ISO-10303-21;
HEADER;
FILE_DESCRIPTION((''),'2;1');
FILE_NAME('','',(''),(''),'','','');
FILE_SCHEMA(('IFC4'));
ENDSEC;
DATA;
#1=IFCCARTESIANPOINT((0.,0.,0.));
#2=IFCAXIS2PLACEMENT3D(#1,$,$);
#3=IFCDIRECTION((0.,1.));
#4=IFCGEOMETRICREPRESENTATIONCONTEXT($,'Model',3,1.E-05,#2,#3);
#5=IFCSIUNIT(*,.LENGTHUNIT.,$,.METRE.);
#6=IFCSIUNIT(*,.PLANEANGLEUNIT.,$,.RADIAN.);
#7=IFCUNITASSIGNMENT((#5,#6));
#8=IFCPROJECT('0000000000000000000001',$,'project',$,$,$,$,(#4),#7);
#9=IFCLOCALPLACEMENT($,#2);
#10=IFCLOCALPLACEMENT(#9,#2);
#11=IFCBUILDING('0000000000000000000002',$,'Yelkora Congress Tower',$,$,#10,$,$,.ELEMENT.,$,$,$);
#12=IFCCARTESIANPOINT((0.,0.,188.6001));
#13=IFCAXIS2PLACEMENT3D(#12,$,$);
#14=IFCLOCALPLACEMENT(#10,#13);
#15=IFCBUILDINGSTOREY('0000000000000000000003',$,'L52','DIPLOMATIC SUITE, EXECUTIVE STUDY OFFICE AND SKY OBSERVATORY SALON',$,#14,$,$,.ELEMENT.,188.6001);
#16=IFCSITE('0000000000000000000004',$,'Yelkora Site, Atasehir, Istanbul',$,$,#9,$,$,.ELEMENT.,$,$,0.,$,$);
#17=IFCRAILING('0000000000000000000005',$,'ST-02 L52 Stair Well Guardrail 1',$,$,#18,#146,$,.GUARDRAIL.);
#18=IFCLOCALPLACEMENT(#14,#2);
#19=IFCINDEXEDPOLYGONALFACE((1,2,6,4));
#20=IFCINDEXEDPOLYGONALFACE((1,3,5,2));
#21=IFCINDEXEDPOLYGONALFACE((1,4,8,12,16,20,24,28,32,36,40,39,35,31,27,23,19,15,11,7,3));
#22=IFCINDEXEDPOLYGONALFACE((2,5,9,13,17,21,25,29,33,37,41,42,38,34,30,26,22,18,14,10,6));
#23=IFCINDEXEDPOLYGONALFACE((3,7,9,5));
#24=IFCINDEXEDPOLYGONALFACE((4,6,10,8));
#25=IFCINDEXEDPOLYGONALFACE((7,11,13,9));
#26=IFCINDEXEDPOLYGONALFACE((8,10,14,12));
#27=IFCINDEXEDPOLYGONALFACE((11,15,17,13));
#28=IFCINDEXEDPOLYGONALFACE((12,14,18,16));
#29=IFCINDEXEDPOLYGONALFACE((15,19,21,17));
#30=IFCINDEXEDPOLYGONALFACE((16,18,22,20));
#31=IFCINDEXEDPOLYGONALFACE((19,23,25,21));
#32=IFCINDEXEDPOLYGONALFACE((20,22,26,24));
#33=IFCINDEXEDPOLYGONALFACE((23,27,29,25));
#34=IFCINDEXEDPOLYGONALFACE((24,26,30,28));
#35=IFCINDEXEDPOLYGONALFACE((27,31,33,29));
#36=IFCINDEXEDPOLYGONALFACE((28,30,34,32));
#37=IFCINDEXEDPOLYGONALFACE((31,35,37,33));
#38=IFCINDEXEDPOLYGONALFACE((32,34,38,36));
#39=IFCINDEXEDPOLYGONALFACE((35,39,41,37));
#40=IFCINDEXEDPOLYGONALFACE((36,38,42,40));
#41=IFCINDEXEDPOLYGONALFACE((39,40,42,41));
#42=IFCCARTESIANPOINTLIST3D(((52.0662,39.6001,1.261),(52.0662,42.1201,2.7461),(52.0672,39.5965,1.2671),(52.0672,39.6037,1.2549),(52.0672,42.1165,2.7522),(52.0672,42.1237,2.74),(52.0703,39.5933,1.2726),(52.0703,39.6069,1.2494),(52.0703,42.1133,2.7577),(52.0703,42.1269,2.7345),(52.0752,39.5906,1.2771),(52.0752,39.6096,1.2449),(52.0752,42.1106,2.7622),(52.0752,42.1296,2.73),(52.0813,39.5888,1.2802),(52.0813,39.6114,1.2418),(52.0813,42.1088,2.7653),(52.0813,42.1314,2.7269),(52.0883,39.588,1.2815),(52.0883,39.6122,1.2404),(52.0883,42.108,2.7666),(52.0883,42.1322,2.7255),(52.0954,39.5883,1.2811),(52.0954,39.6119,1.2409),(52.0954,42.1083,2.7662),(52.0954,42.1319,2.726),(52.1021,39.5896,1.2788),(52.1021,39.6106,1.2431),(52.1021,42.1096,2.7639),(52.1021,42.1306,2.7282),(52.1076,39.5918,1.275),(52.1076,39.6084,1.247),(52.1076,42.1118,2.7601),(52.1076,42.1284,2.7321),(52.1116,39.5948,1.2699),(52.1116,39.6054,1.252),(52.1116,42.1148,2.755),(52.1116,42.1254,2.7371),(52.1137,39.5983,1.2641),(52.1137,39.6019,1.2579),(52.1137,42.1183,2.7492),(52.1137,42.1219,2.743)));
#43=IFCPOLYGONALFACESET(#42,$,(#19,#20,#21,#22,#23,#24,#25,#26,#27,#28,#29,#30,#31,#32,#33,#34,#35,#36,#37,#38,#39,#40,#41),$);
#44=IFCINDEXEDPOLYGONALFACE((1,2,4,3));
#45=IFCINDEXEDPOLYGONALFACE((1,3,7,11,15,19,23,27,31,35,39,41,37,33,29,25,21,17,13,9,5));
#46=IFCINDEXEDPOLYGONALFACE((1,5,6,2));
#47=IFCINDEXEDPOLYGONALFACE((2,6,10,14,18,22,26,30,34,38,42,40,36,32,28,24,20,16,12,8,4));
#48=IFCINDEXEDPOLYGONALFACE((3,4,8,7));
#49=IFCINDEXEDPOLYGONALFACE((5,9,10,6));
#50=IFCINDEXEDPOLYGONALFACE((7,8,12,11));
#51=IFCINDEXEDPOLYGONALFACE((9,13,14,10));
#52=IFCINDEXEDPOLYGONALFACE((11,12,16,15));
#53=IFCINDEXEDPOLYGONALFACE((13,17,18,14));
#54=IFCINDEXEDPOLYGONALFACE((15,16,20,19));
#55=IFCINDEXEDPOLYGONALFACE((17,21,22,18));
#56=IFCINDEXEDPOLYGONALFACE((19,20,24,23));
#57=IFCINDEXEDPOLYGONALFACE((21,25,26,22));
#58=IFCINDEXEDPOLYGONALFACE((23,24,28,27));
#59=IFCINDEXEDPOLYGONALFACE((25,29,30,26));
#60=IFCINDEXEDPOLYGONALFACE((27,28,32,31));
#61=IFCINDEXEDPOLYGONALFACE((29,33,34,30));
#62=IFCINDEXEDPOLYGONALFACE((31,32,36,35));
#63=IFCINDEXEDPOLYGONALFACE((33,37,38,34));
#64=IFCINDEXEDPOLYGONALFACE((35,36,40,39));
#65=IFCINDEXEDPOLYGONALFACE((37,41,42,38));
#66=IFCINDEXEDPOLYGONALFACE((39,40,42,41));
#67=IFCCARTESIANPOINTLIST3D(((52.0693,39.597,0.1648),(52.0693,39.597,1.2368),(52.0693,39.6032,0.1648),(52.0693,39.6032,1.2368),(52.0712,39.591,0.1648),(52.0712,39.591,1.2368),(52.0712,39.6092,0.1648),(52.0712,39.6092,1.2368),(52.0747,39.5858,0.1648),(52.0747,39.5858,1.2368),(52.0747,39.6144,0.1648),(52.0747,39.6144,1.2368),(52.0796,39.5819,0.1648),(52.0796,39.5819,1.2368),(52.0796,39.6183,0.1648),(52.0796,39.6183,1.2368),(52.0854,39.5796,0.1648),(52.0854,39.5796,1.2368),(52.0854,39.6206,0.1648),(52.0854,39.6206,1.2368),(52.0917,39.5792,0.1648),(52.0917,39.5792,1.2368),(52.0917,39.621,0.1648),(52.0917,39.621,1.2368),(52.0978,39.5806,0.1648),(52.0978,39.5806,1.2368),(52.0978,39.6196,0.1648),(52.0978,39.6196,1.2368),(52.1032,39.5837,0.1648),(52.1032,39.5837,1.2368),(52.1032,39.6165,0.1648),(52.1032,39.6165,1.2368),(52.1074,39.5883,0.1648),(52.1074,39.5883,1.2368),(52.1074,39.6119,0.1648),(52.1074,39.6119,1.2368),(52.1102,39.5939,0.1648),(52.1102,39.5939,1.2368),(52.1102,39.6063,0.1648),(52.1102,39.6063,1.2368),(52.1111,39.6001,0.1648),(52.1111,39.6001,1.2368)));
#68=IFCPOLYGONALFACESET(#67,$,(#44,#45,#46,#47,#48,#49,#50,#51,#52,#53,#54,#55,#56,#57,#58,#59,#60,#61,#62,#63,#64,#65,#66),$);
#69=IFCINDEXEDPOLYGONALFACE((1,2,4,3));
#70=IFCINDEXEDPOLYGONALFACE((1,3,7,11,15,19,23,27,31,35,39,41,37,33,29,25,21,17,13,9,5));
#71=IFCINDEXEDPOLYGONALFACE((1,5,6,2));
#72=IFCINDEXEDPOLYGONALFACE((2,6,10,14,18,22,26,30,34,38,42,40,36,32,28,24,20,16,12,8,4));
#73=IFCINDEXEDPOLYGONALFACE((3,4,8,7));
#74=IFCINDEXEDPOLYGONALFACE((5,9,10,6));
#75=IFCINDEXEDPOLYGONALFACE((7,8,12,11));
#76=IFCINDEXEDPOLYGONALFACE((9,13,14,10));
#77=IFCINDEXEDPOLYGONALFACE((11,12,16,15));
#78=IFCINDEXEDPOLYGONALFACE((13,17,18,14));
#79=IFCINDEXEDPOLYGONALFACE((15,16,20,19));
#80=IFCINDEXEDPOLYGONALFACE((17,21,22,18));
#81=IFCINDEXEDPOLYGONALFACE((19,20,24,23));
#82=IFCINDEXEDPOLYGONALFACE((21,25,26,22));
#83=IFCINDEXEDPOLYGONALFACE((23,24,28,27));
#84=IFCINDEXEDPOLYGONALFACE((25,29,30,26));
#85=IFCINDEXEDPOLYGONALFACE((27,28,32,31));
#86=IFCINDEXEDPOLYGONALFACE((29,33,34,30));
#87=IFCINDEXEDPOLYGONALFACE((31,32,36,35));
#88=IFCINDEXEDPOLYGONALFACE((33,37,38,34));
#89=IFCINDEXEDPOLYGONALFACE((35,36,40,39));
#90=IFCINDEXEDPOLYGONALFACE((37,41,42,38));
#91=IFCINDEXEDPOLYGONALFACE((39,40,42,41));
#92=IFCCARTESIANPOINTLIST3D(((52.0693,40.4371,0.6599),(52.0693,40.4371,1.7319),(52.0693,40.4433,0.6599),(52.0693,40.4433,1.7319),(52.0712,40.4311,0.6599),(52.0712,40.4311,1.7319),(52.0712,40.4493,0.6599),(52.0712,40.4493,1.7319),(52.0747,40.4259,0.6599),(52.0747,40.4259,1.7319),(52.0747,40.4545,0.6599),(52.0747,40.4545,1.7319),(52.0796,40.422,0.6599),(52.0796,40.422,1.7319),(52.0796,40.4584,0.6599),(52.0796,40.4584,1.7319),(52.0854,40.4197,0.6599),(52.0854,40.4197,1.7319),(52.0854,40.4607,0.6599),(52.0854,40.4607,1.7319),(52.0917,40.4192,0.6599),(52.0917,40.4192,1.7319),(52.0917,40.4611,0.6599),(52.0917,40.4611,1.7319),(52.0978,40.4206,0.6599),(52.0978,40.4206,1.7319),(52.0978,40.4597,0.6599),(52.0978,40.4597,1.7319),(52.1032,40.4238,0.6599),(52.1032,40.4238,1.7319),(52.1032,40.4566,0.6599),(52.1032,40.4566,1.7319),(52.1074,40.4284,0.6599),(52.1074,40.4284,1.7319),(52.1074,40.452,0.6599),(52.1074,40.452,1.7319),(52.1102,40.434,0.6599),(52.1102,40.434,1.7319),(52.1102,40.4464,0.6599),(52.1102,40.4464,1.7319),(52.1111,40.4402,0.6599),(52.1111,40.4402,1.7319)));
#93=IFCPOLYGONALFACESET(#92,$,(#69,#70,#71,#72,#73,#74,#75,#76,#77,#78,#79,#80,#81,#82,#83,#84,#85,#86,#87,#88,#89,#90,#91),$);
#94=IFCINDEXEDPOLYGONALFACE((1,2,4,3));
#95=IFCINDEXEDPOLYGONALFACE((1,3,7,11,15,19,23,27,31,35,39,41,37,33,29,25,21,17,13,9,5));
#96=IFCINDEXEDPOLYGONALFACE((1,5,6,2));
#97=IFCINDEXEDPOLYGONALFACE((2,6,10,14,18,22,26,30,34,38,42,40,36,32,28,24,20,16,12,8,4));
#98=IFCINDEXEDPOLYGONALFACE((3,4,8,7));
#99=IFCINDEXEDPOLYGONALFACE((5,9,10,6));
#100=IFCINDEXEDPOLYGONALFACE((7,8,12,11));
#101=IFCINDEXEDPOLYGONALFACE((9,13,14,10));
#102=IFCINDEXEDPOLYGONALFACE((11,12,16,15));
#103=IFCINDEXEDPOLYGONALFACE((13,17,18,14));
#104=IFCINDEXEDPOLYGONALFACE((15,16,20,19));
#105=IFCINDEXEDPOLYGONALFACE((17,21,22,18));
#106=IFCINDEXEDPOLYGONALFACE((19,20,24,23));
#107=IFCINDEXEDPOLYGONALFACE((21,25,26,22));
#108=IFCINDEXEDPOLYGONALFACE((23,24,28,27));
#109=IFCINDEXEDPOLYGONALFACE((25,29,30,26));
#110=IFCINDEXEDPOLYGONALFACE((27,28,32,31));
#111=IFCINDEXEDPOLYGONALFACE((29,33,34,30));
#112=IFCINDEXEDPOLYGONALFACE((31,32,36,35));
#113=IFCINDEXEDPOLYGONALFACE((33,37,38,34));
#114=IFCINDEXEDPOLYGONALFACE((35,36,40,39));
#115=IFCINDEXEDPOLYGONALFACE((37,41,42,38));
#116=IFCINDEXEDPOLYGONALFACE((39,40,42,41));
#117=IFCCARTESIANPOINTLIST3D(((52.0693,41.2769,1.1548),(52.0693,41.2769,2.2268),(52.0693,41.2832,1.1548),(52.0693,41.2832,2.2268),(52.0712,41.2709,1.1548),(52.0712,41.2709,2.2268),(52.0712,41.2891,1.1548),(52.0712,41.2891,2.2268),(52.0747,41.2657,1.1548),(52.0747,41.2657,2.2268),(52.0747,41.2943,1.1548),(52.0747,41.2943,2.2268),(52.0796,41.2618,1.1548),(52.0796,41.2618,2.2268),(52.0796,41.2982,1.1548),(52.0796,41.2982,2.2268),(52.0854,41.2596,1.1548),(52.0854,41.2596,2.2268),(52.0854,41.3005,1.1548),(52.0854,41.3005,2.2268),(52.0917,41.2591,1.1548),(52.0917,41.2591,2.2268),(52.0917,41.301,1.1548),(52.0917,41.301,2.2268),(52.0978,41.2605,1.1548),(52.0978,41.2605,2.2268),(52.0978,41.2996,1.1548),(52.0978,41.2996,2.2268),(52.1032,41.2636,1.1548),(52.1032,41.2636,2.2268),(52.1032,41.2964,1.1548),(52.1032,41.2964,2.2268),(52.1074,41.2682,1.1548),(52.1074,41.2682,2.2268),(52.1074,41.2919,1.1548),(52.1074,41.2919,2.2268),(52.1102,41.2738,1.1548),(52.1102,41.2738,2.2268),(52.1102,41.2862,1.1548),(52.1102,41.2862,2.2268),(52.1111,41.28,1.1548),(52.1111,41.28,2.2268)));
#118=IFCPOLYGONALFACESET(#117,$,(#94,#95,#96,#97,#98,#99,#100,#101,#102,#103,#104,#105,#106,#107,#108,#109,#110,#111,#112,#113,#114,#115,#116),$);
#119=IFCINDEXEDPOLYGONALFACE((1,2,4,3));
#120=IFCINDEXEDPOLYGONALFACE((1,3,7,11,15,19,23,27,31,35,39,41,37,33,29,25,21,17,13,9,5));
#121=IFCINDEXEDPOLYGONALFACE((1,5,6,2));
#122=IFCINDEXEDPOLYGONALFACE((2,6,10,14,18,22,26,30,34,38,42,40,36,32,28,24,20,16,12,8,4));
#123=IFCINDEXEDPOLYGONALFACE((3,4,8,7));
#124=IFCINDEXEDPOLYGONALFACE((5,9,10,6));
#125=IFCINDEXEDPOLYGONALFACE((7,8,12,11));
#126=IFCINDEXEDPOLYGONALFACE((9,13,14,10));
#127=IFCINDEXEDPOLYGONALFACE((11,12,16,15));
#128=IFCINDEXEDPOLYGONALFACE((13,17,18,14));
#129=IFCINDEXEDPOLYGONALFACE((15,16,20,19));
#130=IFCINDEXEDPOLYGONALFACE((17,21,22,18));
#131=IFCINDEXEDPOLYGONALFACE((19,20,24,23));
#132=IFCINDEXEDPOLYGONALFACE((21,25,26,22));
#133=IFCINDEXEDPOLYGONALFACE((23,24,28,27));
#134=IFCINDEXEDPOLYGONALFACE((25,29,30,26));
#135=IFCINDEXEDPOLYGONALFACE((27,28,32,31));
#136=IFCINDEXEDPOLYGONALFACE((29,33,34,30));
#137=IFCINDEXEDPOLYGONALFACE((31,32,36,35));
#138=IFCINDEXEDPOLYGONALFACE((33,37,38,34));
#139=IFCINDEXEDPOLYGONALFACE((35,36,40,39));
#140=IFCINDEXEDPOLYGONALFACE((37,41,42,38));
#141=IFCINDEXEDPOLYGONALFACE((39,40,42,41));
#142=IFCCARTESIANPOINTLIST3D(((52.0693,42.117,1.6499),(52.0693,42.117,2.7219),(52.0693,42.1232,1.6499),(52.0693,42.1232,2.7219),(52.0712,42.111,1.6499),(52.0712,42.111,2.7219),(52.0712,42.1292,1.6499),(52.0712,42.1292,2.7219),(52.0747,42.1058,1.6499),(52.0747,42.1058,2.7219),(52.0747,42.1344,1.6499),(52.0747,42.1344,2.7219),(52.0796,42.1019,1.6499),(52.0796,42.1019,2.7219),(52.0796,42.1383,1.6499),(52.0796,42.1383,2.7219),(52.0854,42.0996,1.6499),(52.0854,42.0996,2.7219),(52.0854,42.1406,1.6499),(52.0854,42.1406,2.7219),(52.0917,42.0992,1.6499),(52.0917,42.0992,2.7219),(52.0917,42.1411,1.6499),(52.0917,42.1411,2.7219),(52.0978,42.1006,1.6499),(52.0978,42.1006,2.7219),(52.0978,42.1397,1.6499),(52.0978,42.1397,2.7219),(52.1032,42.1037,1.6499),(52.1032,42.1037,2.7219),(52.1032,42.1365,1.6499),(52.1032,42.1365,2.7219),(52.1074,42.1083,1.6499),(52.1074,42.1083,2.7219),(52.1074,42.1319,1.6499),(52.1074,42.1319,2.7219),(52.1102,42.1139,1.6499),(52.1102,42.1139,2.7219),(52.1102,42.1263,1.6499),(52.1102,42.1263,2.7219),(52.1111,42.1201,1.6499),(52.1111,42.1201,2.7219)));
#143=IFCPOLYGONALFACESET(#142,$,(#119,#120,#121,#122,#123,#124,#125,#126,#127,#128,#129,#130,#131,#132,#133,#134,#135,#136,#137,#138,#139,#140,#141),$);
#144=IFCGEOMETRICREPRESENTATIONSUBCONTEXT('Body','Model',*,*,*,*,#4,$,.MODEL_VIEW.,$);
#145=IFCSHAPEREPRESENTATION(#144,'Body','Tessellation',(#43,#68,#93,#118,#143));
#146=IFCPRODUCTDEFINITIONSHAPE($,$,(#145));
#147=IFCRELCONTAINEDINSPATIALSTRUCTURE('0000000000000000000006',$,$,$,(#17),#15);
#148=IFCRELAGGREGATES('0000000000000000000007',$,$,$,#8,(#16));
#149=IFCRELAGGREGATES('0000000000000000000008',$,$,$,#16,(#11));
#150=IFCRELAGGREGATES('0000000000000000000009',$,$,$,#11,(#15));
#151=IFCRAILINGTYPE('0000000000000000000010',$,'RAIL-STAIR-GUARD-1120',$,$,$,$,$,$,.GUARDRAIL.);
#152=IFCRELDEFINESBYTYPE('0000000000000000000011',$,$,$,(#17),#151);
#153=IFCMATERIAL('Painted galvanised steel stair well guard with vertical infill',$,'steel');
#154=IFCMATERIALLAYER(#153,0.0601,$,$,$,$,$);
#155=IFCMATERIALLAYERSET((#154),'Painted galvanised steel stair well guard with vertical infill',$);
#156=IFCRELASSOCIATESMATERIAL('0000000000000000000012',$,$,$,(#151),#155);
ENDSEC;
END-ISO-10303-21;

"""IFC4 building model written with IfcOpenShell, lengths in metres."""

from ifc_helpers import new_model, si_unit, direction, frame, origin, origin_2d, place, context, subcontext, project, spatial, circle, extrude, material, layer, layer_set, type_object, element, save


model = new_model("IFC4")

# Units and contexts
model_context = context("Model", 3, precision=1e-05, world=origin(), true_north=direction((0.0, 1.0)))
body_context = subcontext(model_context, "Body", "Model", "MODEL_VIEW")
ifc_project = project(units=[si_unit("LENGTHUNIT", "METRE"), si_unit("PLANEANGLEUNIT", "RADIAN")], contexts=[model_context])

# Site, building, storey
site_placement = place(None, origin())
site = spatial("IfcSite", under=ifc_project, at=site_placement, Name="Yelkora Site, Atasehir, Istanbul", CompositionType="ELEMENT", RefElevation=0.0)
building_placement = place(site_placement, origin())
building = spatial("IfcBuilding", under=site, at=building_placement, Name="Yelkora Congress Tower", CompositionType="ELEMENT")
storey_placement = place(building_placement, frame((0.0, 0.0, 188.6001)))
storey = spatial("IfcBuildingStorey", under=building, at=storey_placement, Name="L52", Description="DIPLOMATIC SUITE, EXECUTIVE STUDY OFFICE AND SKY OBSERVATORY SALON", CompositionType="ELEMENT", Elevation=188.6001)

# Railing
ifc_material_1 = material(Name="Painted galvanised steel stair well guard with vertical infill", Category="steel")
ifc_layer_1 = layer(ifc_material_1, 0.0601)
ifc_layer_set_1 = layer_set([ifc_layer_1], Name="Painted galvanised steel stair well guard with vertical infill")
railing_type_1 = type_object("IfcRailingType", Name="RAIL-STAIR-GUARD-1120", PredefinedType="GUARDRAIL", material=ifc_layer_set_1)
railing_1_placement = place(storey_placement, frame((52.0901, 39.6001, 0.1648)))
element("IfcRailing", 1, at=railing_1_placement, inside=storey, type_object=railing_type_1, Name="ST-02 L52 Stair Well Guardrail 1", PredefinedType="GUARDRAIL", context=body_context, shape_type="SweptSolid", body=[
    extrude(circle(Radius=0.0239, at=origin_2d()), frame((0.0, 0.0, 1.0962), z_axis=(0.0, 0.861524, 0.507717), x_axis=(-1.0, 0.0, 0.0)), (0.0, 0.0, 1.0), 2.925),
    extrude(circle(Radius=0.021, at=origin_2d()), origin(), (0.0, 0.0, 1.0), 1.072),
    extrude(circle(Radius=0.021, at=origin_2d()), frame((0.0, 0.8401, 0.4951)), (0.0, 0.0, 1.0), 1.072),
    extrude(circle(Radius=0.021, at=origin_2d()), frame((0.0, 1.6799, 0.99)), (0.0, 0.0, 1.0), 1.072),
    extrude(circle(Radius=0.021, at=origin_2d()), frame((0.0, 2.52, 1.4851)), (0.0, 0.0, 1.0), 1.072),
])

save(model, "model.ifc")
